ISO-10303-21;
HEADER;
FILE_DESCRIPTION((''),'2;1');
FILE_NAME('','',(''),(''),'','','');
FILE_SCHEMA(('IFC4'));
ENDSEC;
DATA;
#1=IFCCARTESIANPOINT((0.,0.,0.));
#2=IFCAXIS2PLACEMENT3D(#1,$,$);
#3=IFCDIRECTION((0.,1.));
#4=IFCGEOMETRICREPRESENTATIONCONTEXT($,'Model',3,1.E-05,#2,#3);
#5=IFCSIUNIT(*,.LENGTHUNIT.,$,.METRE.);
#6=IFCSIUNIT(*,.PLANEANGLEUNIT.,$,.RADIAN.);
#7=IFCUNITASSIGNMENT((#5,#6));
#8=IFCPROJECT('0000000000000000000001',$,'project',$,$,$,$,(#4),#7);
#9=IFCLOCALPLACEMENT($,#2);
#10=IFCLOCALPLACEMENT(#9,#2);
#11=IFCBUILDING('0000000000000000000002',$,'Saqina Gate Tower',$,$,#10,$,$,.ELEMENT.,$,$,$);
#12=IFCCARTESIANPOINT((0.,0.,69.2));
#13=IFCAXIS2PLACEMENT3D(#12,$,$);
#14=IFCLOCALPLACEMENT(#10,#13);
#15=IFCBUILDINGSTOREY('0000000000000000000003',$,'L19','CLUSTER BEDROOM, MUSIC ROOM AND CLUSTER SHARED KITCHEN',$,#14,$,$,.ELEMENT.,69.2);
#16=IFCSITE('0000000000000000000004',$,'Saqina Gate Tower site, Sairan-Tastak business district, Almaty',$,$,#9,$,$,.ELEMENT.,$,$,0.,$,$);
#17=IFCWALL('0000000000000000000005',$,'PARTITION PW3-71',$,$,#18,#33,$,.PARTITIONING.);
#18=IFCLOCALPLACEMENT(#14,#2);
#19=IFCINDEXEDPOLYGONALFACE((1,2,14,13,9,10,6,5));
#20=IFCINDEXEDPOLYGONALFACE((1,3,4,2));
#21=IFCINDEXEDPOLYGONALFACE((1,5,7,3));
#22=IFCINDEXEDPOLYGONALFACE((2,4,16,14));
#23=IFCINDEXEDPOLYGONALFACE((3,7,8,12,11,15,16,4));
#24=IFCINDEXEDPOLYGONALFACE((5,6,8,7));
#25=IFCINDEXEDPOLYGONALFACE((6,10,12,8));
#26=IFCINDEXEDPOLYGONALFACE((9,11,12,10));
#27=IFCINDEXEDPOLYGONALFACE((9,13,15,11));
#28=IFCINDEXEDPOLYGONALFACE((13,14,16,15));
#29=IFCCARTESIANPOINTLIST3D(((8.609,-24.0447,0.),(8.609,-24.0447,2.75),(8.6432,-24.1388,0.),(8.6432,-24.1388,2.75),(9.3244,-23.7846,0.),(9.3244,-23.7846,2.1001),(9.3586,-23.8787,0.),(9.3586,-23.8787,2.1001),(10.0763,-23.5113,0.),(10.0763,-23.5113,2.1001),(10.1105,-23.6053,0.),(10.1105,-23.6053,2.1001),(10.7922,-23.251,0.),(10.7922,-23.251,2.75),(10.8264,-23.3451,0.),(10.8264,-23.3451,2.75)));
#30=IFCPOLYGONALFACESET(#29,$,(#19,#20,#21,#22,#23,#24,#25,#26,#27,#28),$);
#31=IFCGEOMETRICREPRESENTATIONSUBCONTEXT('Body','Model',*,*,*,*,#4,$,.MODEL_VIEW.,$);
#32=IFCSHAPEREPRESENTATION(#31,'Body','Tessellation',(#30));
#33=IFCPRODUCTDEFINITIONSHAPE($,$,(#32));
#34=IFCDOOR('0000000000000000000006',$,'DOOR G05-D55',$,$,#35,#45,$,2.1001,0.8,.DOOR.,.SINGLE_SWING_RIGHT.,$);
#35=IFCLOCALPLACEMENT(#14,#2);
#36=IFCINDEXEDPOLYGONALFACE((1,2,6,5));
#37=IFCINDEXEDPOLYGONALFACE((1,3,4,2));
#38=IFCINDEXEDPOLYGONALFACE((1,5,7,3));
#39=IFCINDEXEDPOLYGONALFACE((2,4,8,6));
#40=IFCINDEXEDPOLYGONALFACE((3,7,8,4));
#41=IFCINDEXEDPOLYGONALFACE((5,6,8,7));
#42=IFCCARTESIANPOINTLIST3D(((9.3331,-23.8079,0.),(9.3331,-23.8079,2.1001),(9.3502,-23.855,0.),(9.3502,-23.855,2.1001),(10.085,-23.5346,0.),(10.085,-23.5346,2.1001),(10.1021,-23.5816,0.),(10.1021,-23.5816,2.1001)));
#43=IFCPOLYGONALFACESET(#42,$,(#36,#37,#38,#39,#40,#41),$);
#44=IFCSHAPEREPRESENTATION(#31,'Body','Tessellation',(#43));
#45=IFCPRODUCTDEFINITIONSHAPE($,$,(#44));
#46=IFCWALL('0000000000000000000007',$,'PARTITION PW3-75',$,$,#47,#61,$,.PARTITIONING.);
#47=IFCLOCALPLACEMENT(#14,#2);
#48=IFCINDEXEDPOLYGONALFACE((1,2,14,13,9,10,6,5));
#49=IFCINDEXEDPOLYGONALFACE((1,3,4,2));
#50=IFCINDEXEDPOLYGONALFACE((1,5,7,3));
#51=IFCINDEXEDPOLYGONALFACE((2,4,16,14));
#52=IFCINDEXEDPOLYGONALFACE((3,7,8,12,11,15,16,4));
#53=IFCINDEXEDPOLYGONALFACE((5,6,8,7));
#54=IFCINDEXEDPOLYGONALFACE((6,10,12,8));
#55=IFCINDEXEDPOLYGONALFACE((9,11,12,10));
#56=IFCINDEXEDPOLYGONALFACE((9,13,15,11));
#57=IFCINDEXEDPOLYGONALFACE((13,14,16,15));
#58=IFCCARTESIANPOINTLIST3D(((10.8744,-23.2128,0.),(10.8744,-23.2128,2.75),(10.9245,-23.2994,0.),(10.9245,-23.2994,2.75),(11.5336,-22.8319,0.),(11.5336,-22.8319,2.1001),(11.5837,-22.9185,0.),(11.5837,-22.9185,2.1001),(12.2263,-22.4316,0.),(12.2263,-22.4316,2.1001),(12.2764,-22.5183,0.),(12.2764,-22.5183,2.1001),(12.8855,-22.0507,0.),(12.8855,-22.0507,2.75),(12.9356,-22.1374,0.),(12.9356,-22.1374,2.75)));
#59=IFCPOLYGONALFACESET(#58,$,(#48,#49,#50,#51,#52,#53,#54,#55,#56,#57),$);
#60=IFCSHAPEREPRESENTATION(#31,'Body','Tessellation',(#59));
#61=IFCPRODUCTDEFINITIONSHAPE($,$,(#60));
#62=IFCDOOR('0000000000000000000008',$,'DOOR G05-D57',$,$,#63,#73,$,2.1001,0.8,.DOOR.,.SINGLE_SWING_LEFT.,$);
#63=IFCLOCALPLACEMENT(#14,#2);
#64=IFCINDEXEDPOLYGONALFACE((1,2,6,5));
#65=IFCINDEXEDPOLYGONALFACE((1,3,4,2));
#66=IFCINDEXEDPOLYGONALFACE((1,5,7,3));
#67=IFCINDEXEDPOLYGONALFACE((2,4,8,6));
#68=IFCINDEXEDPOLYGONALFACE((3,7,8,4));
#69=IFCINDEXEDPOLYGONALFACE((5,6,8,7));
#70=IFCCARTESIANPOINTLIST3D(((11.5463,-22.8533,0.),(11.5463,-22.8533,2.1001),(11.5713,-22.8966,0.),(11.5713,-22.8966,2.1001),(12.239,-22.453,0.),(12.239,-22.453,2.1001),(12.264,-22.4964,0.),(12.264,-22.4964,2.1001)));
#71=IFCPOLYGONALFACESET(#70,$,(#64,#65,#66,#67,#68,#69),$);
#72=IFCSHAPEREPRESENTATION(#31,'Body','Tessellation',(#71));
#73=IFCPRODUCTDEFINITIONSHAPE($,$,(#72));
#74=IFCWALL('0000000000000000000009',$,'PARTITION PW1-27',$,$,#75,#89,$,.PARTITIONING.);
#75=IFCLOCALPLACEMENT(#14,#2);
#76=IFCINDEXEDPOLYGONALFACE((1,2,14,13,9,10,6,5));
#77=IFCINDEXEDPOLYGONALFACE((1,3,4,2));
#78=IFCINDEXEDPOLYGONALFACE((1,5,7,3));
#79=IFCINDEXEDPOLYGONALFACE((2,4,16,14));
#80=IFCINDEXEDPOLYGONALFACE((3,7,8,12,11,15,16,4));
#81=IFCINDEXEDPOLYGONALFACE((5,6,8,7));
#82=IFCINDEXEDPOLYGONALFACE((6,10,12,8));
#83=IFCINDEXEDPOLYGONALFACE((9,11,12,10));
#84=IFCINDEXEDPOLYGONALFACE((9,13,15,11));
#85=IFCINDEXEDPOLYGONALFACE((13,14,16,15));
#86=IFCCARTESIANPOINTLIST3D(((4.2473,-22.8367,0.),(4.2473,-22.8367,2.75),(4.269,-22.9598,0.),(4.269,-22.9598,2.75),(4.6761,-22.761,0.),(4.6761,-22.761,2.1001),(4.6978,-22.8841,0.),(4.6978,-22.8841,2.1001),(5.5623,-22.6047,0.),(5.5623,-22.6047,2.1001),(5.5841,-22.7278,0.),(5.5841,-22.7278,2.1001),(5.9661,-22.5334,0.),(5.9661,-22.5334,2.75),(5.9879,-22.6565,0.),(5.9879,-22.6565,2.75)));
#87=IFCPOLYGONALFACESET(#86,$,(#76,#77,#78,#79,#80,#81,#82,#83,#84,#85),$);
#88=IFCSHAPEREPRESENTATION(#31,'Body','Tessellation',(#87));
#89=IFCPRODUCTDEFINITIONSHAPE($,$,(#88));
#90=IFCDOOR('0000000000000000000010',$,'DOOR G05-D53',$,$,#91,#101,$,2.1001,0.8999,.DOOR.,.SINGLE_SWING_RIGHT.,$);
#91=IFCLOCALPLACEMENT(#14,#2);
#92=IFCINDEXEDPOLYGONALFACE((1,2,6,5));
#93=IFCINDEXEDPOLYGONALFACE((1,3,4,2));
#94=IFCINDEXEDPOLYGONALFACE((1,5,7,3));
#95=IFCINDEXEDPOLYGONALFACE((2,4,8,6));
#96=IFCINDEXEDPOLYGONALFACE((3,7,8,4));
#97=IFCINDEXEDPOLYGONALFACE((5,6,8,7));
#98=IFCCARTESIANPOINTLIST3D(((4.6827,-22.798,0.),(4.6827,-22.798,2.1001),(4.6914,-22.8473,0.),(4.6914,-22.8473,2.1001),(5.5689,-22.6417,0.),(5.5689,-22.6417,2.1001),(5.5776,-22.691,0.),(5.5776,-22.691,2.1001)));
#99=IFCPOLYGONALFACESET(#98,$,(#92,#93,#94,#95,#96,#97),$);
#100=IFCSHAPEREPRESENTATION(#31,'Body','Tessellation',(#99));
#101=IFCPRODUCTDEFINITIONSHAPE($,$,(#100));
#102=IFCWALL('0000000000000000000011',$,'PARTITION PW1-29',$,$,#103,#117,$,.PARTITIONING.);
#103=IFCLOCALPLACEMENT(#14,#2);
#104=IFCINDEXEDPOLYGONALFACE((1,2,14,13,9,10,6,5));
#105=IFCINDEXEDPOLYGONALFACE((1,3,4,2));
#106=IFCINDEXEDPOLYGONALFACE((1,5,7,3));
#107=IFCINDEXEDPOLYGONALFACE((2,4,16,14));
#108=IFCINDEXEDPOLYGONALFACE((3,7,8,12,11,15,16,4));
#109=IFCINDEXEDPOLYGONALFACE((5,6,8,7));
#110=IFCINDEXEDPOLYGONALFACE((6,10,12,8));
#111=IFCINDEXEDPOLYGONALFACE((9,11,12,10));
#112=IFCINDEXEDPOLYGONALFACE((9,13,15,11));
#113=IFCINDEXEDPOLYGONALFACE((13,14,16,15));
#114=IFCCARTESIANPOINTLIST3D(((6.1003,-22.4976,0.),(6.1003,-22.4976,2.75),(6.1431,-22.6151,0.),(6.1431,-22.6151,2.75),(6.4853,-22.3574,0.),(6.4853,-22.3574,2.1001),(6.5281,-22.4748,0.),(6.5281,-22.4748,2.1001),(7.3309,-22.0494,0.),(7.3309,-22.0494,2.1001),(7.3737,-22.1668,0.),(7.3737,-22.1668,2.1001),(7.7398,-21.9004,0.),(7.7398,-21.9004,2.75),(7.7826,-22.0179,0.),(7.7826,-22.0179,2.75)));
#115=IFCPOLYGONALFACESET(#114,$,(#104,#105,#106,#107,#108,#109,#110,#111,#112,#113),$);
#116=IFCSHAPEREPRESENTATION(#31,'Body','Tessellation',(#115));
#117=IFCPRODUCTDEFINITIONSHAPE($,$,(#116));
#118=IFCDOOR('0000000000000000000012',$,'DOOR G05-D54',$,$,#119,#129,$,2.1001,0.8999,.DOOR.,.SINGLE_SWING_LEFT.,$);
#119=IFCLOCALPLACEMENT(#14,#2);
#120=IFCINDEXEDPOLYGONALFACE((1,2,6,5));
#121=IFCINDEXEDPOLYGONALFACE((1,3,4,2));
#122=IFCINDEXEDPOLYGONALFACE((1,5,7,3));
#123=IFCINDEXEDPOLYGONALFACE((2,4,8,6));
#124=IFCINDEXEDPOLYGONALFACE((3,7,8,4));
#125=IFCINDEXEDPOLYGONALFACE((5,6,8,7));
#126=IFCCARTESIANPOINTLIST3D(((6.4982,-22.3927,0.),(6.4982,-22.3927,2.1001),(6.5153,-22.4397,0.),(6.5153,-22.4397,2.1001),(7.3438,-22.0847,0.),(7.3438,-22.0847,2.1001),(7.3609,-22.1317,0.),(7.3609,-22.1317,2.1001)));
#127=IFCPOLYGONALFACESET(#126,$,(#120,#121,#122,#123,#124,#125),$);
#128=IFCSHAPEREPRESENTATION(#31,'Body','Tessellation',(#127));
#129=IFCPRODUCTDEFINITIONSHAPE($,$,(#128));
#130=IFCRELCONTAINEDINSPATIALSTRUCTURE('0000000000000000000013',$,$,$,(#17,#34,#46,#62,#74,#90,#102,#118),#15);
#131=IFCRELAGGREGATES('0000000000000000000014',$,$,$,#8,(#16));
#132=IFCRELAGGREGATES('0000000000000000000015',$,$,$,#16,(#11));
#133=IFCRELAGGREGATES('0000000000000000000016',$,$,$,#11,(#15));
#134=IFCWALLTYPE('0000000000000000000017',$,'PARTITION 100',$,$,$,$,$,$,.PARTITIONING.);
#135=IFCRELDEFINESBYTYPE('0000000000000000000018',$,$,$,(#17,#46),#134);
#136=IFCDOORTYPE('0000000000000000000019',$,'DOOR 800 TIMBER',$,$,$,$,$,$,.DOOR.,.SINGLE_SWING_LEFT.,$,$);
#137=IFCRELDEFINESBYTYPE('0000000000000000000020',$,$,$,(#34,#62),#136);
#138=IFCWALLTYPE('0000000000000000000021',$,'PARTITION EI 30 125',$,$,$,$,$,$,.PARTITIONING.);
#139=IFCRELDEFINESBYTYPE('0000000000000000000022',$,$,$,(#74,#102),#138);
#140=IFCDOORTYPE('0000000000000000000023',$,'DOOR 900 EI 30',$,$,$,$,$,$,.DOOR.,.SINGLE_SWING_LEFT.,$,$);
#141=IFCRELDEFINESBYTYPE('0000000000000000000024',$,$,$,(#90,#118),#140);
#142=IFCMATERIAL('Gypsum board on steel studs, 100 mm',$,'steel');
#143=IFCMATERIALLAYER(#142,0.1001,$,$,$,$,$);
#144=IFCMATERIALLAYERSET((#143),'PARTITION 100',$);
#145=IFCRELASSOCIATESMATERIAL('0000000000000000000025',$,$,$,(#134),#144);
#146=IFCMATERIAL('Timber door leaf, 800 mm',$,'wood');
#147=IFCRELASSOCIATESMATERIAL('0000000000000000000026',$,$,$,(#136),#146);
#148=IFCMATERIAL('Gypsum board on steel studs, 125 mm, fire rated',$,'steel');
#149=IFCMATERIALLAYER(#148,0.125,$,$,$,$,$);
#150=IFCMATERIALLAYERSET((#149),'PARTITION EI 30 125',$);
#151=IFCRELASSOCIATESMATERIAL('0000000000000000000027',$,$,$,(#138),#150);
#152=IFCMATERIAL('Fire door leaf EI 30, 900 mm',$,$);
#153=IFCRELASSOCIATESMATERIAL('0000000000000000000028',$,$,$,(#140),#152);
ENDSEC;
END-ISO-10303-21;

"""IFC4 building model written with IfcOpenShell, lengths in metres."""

from ifc_helpers import new_model, si_unit, direction, frame, frame_2d, origin, place, context, subcontext, project, spatial, rectangle, extrude, material, layer, layer_set, type_object, element, fill, save


model = new_model("IFC4")

# Units and contexts
model_context = context("Model", 3, precision=1e-05, world=origin(), true_north=direction((0.0, 1.0)))
body_context = subcontext(model_context, "Body", "Model", "MODEL_VIEW")
ifc_project = project(units=[si_unit("LENGTHUNIT", "METRE"), si_unit("PLANEANGLEUNIT", "RADIAN")], contexts=[model_context])

# Site, building, storey
site_placement = place(None, origin())
site = spatial("IfcSite", under=ifc_project, at=site_placement, Name="Saqina Gate Tower site, Sairan-Tastak business district, Almaty", CompositionType="ELEMENT", RefElevation=0.0)
building_placement = place(site_placement, origin())
building = spatial("IfcBuilding", under=site, at=building_placement, Name="Saqina Gate Tower", CompositionType="ELEMENT")
storey_placement = place(building_placement, frame((0.0, 0.0, 69.2)))
storey = spatial("IfcBuildingStorey", under=building, at=storey_placement, Name="L19", Description="CLUSTER BEDROOM, MUSIC ROOM AND CLUSTER SHARED KITCHEN", CompositionType="ELEMENT", Elevation=69.2)

# Shared definitions
ifc_material_1 = material(Name="Gypsum board on steel studs, 100 mm", Category="steel")
ifc_layer_1 = layer(ifc_material_1, 0.1001)
ifc_layer_set_1 = layer_set([ifc_layer_1], Name="PARTITION 100")
wall_type_1 = type_object("IfcWallType", Name="PARTITION 100", PredefinedType="PARTITIONING", material=ifc_layer_set_1)

# Shared definitions
ifc_material_2 = material(Name="Timber door leaf, 800 mm", Category="wood")
door_type_1 = type_object("IfcDoorType", Name="DOOR 800 TIMBER", OperationType="SINGLE_SWING_LEFT", PredefinedType="DOOR", material=ifc_material_2)

# Walls, openings, doors
wall_1_placement = place(storey_placement, frame((8.626, -24.0918, 0.0), z_axis=(0.0, 0.0, 1.0), x_axis=(0.939815, 0.341684, 0.0)))
wall_1 = element("IfcWall", 1, at=wall_1_placement, inside=storey, type_object=wall_type_1, Name="PARTITION PW3-71", PredefinedType="PARTITIONING", context=body_context, shape_type="SweptSolid", body=[
    extrude(rectangle(XDim=2.323, YDim=0.1001, at=frame_2d((1.1616, 0.0))), origin(), (0.0, 0.0, 1.0), 2.75),
])
opening_1_placement = place(wall_1_placement, frame((0.7615, 0.0, 0.0)))
opening_1 = element("IfcOpeningElement", 2, at=opening_1_placement, cuts=wall_1, PredefinedType="OPENING", context=body_context, shape_type="SweptSolid", body=[
    extrude(rectangle(XDim=0.8, YDim=2.1001, at=frame_2d((0.3999, 1.05))), frame((0.0, 0.062, 0.0), z_axis=(0.0, -1.0, 0.0), x_axis=(1.0, 0.0, 0.0)), (0.0, 0.0, 1.0), 0.124),
])
door_1_placement = place(opening_1_placement, frame((0.8, 0.0, 0.0), z_axis=(0.0, 0.0, 1.0), x_axis=(-1.0, 0.0, 0.0)))
door_1 = element("IfcDoor", 3, at=door_1_placement, inside=storey, type_object=door_type_1, Name="DOOR G05-D55", OperationType="SINGLE_SWING_RIGHT", OverallHeight=2.1001, OverallWidth=0.8, PredefinedType="DOOR", context=body_context, shape_type="SweptSolid", body=[
    extrude(rectangle(XDim=0.8, YDim=2.1001, at=frame_2d((0.3999, 1.05))), frame((0.0, 0.0249, 0.0), z_axis=(0.0, -1.0, 0.0), x_axis=(1.0, 0.0, 0.0)), (0.0, 0.0, 1.0), 0.05),
])
fill(opening_1, door_1)
wall_2_placement = place(storey_placement, frame((10.8994, -23.2561, 0.0), z_axis=(0.0, 0.0, 1.0), x_axis=(0.865853, 0.500299, 0.0)))
wall_2 = element("IfcWall", 4, at=wall_2_placement, inside=storey, type_object=wall_type_1, Name="PARTITION PW3-75", PredefinedType="PARTITIONING", context=body_context, shape_type="SweptSolid", body=[
    extrude(rectangle(XDim=2.3228, YDim=0.1001, at=frame_2d((1.1614, 0.0))), origin(), (0.0, 0.0, 1.0), 2.75),
])
opening_2_placement = place(wall_2_placement, frame((0.7615, 0.0, 0.0)))
opening_2 = element("IfcOpeningElement", 5, at=opening_2_placement, cuts=wall_2, PredefinedType="OPENING", context=body_context, shape_type="SweptSolid", body=[
    extrude(rectangle(XDim=0.8, YDim=2.1001, at=frame_2d((0.3999, 1.05))), frame((0.0, 0.062, 0.0), z_axis=(0.0, -1.0, 0.0), x_axis=(1.0, 0.0, 0.0)), (0.0, 0.0, 1.0), 0.124),
])
door_2_placement = place(opening_2_placement, frame((0.8, 0.0, 0.0), z_axis=(0.0, 0.0, 1.0), x_axis=(-1.0, 0.0, 0.0)))
door_2 = element("IfcDoor", 6, at=door_2_placement, inside=storey, type_object=door_type_1, Name="DOOR G05-D57", OperationType="SINGLE_SWING_LEFT", OverallHeight=2.1001, OverallWidth=0.8, PredefinedType="DOOR", context=body_context, shape_type="SweptSolid", body=[
    extrude(rectangle(XDim=0.8, YDim=2.1001, at=frame_2d((0.3999, 1.05))), frame((0.0, 0.0249, 0.0), z_axis=(0.0, -1.0, 0.0), x_axis=(1.0, 0.0, 0.0)), (0.0, 0.0, 1.0), 0.05),
])
fill(opening_2, door_2)
ifc_material_3 = material(Name="Gypsum board on steel studs, 125 mm, fire rated", Category="steel")
ifc_layer_2 = layer(ifc_material_3, 0.125)
ifc_layer_set_2 = layer_set([ifc_layer_2], Name="PARTITION EI 30 125")
wall_type_2 = type_object("IfcWallType", Name="PARTITION EI 30 125", PredefinedType="PARTITIONING", material=ifc_layer_set_2)
wall_3_placement = place(storey_placement, frame((4.2583, -22.8982, 0.0), z_axis=(0.0, 0.0, 1.0), x_axis=(0.984792, 0.173737, 0.0)))
wall_3 = element("IfcWall", 7, at=wall_3_placement, inside=storey, type_object=wall_type_2, Name="PARTITION PW1-27", PredefinedType="PARTITIONING", context=body_context, shape_type="SweptSolid", body=[
    extrude(rectangle(XDim=1.7454, YDim=0.125, at=frame_2d((0.8726, 0.0))), origin(), (0.0, 0.0, 1.0), 2.75),
])
opening_3_placement = place(wall_3_placement, frame((0.4353, 0.0, 0.0)))
opening_3 = element("IfcOpeningElement", 8, at=opening_3_placement, cuts=wall_3, PredefinedType="OPENING", context=body_context, shape_type="SweptSolid", body=[
    extrude(rectangle(XDim=0.8999, YDim=2.1001, at=frame_2d((0.45, 1.05))), frame((0.0, 0.0745, 0.0), z_axis=(0.0, -1.0, 0.0), x_axis=(1.0, 0.0, 0.0)), (0.0, 0.0, 1.0), 0.1489),
])
ifc_material_4 = material(Name="Fire door leaf EI 30, 900 mm")
door_type_2 = type_object("IfcDoorType", Name="DOOR 900 EI 30", OperationType="SINGLE_SWING_LEFT", PredefinedType="DOOR", material=ifc_material_4)
door_3_placement = place(opening_3_placement, origin())
door_3 = element("IfcDoor", 9, at=door_3_placement, inside=storey, type_object=door_type_2, Name="DOOR G05-D53", OperationType="SINGLE_SWING_RIGHT", OverallHeight=2.1001, OverallWidth=0.8999, PredefinedType="DOOR", context=body_context, shape_type="SweptSolid", body=[
    extrude(rectangle(XDim=0.8999, YDim=2.1001, at=frame_2d((0.45, 1.05))), frame((0.0, 0.0249, 0.0), z_axis=(0.0, -1.0, 0.0), x_axis=(1.0, 0.0, 0.0)), (0.0, 0.0, 1.0), 0.05),
])
fill(opening_3, door_3)
wall_4_placement = place(storey_placement, frame((6.1216, -22.5564, 0.0), z_axis=(0.0, 0.0, 1.0), x_axis=(0.939605, 0.34226, 0.0)))
wall_4 = element("IfcWall", 10, at=wall_4_placement, inside=storey, type_object=wall_type_2, Name="PARTITION PW1-29", PredefinedType="PARTITIONING", context=body_context, shape_type="SweptSolid", body=[
    extrude(rectangle(XDim=1.7449, YDim=0.125, at=frame_2d((0.8726, 0.0))), origin(), (0.0, 0.0, 1.0), 2.75),
])
opening_4_placement = place(wall_4_placement, frame((0.4099, 0.0, 0.0)))
opening_4 = element("IfcOpeningElement", 11, at=opening_4_placement, cuts=wall_4, PredefinedType="OPENING", context=body_context, shape_type="SweptSolid", body=[
    extrude(rectangle(XDim=0.8999, YDim=2.1001, at=frame_2d((0.45, 1.05))), frame((0.0, 0.0745, 0.0), z_axis=(0.0, -1.0, 0.0), x_axis=(1.0, 0.0, 0.0)), (0.0, 0.0, 1.0), 0.1489),
])
door_4_placement = place(opening_4_placement, origin())
door_4 = element("IfcDoor", 12, at=door_4_placement, inside=storey, type_object=door_type_2, Name="DOOR G05-D54", OperationType="SINGLE_SWING_LEFT", OverallHeight=2.1001, OverallWidth=0.8999, PredefinedType="DOOR", context=body_context, shape_type="SweptSolid", body=[
    extrude(rectangle(XDim=0.8999, YDim=2.1001, at=frame_2d((0.45, 1.05))), frame((0.0, 0.0249, 0.0), z_axis=(0.0, -1.0, 0.0), x_axis=(1.0, 0.0, 0.0)), (0.0, 0.0, 1.0), 0.05),
])
fill(opening_4, door_4)

save(model, "model.ifc")
